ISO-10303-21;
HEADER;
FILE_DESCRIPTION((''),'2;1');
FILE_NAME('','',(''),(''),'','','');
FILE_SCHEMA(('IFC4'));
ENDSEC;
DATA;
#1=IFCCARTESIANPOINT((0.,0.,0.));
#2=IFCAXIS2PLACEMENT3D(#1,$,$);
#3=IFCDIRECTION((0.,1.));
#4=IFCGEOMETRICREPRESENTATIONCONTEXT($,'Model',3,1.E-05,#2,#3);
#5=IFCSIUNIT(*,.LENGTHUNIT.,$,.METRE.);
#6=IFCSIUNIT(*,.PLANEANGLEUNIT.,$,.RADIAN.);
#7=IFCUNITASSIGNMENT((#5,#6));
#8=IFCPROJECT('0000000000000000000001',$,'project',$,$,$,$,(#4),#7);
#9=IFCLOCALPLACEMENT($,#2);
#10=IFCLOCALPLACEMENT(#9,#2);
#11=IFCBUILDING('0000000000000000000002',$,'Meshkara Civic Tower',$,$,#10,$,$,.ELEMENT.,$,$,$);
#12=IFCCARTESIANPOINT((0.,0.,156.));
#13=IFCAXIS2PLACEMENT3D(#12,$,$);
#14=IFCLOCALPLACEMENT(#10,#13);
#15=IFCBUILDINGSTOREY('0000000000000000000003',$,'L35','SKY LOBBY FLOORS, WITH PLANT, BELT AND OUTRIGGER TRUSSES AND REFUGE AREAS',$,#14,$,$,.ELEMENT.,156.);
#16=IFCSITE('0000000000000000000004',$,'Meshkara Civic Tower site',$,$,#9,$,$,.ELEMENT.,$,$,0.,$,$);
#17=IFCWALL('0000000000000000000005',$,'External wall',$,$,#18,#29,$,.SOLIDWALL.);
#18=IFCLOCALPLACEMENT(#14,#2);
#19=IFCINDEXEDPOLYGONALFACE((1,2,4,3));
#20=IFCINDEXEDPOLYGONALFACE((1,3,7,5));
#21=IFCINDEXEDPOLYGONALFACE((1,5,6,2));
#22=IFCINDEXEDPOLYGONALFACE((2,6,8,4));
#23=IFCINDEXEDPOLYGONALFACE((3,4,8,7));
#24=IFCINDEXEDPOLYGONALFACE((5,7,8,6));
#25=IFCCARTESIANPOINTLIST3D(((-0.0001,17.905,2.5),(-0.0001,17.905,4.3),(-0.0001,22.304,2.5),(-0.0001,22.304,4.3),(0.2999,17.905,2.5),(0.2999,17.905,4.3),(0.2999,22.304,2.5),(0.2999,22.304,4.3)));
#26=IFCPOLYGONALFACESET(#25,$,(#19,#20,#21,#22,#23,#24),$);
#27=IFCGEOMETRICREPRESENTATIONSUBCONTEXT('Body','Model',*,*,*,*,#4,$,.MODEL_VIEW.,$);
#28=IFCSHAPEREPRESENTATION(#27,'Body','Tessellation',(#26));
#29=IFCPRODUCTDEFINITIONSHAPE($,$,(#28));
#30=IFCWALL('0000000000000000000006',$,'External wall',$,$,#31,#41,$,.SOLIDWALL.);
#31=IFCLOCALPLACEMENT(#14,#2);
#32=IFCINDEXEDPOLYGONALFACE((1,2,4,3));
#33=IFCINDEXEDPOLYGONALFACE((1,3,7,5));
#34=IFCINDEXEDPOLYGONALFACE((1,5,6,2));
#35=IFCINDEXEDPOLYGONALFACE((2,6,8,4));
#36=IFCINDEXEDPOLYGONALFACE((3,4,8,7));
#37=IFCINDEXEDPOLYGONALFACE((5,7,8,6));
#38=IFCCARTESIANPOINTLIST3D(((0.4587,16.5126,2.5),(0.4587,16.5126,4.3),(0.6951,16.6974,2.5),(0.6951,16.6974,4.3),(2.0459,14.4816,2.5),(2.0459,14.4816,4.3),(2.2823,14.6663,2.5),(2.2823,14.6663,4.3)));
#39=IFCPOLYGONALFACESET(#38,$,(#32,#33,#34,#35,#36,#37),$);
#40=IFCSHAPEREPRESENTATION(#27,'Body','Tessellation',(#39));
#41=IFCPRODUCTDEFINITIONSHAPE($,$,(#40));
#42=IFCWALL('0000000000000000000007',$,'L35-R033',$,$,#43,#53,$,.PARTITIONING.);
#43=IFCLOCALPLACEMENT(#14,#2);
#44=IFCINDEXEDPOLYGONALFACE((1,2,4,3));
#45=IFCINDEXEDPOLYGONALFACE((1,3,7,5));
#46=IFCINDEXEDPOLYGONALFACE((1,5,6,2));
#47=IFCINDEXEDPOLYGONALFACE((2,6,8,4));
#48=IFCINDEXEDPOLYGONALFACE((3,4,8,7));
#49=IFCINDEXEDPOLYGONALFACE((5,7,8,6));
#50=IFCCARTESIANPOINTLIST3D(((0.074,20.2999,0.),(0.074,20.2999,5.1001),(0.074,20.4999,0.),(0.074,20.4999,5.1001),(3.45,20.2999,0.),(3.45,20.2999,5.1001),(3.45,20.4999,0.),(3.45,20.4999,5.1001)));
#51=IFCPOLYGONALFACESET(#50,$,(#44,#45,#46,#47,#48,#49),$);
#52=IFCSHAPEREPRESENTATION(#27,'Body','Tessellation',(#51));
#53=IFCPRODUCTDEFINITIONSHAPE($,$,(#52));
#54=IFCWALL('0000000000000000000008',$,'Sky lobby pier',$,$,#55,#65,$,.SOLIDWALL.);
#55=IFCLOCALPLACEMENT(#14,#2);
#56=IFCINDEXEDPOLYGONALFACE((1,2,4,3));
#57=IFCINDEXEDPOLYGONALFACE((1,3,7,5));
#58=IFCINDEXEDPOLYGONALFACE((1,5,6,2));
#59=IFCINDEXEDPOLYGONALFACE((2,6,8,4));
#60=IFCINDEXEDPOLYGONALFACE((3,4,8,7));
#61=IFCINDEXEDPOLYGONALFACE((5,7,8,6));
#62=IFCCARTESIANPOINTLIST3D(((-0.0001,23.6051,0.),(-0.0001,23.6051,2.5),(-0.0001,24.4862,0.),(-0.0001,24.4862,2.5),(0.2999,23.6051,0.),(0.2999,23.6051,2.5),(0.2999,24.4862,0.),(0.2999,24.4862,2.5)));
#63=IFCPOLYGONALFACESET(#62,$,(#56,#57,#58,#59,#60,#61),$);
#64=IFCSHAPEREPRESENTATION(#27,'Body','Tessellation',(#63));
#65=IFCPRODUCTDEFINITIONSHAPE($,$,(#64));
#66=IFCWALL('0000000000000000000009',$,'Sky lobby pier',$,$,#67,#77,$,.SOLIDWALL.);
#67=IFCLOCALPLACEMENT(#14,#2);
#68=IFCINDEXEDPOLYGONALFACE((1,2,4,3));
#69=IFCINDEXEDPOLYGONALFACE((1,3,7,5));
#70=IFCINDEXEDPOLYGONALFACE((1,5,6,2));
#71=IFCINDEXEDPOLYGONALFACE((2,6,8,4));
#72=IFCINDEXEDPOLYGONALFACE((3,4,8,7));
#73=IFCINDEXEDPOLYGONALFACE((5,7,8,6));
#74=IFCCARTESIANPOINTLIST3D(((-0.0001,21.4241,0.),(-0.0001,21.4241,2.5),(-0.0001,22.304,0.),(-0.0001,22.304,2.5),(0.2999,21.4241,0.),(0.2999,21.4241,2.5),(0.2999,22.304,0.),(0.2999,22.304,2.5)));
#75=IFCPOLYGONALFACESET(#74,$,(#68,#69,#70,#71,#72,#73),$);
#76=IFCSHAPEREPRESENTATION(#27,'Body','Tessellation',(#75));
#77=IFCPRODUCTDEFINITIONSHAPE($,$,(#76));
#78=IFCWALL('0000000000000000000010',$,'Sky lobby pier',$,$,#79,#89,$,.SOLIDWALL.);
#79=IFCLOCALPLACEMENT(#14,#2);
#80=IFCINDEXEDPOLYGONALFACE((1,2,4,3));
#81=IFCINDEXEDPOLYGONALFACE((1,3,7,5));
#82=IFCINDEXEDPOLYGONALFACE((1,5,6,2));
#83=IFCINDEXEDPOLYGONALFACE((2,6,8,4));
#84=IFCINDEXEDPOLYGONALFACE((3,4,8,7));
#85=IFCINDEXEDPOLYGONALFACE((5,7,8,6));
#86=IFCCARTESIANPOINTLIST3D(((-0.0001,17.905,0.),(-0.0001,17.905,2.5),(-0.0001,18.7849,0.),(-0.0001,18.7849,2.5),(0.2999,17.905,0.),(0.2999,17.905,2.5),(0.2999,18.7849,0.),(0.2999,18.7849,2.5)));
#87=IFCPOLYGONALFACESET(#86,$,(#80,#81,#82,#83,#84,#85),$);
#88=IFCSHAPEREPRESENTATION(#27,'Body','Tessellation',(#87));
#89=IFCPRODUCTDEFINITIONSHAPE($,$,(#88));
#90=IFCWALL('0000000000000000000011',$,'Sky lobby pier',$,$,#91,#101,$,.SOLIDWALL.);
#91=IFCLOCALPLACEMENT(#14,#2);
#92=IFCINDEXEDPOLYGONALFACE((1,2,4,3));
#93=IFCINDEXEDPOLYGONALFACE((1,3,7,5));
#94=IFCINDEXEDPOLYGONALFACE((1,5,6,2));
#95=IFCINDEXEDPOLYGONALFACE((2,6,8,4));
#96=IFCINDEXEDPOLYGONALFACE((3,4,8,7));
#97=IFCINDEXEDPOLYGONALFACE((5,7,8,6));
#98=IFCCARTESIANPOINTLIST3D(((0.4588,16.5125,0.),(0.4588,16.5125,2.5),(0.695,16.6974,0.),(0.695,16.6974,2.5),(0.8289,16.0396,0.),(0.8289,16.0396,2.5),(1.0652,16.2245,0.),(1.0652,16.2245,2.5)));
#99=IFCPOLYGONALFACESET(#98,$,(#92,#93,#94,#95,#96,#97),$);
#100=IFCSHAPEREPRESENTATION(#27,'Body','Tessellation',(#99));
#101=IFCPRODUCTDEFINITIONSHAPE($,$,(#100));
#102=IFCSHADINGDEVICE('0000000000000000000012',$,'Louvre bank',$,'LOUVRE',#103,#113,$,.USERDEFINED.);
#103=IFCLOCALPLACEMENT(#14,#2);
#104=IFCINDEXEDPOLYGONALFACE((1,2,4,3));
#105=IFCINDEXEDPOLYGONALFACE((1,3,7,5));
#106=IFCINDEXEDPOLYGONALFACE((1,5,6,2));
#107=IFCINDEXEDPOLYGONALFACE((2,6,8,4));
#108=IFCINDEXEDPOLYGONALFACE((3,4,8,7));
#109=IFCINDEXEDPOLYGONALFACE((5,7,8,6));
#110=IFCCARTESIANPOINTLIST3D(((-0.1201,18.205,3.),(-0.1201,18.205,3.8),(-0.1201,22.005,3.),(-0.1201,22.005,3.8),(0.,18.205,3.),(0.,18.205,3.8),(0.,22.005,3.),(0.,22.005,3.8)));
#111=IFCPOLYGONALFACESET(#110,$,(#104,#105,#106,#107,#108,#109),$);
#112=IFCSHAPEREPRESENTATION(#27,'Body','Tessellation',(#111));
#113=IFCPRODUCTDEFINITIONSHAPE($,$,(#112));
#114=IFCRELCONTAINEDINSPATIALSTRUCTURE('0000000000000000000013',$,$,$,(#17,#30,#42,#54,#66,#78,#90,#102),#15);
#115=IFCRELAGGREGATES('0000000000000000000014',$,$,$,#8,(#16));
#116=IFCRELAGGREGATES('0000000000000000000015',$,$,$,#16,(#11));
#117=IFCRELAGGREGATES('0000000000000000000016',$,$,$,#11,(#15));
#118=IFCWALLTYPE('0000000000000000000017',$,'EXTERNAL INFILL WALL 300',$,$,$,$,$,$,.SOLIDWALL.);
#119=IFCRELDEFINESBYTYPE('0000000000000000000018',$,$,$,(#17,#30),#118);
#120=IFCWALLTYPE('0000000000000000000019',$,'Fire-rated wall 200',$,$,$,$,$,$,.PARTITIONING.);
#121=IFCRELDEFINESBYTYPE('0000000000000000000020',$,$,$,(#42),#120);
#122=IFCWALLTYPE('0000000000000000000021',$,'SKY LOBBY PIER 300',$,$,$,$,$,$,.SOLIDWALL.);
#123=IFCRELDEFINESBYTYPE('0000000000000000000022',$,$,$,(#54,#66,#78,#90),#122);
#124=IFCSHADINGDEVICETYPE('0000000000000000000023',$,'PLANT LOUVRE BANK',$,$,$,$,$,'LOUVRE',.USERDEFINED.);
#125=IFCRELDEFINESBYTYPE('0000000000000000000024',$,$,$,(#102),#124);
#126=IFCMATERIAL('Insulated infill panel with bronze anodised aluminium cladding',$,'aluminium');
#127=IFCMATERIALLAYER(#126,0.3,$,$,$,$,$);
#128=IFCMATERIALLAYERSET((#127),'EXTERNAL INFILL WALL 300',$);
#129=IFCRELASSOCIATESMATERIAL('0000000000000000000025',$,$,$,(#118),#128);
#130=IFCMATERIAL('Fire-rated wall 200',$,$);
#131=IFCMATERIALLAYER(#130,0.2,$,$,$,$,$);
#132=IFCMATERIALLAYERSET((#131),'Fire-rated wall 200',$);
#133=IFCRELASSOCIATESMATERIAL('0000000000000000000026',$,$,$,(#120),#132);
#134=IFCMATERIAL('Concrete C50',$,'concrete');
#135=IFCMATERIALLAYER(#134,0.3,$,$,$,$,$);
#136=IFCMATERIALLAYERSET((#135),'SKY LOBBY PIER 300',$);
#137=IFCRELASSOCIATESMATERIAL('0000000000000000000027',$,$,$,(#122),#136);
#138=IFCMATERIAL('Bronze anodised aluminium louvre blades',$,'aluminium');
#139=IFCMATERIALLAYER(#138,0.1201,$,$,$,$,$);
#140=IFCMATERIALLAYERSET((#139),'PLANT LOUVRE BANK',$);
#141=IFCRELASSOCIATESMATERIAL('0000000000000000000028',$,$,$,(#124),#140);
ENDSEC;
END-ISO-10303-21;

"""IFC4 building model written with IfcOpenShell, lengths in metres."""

from ifc_helpers import new_model, si_unit, direction, frame, frame_2d, origin, origin_2d, place, context, subcontext, project, spatial, rectangle, extrude, material, layer, layer_set, type_object, element, save


model = new_model("IFC4")

# Units and contexts
model_context = context("Model", 3, precision=1e-05, world=origin(), true_north=direction((0.0, 1.0)))
body_context = subcontext(model_context, "Body", "Model", "MODEL_VIEW")
ifc_project = project(units=[si_unit("LENGTHUNIT", "METRE"), si_unit("PLANEANGLEUNIT", "RADIAN")], contexts=[model_context])

# Site, building, storey
site_placement = place(None, origin())
site = spatial("IfcSite", under=ifc_project, at=site_placement, Name="Meshkara Civic Tower site", CompositionType="ELEMENT", RefElevation=0.0)
building_placement = place(site_placement, origin())
building = spatial("IfcBuilding", under=site, at=building_placement, Name="Meshkara Civic Tower", CompositionType="ELEMENT")
storey_placement = place(building_placement, frame((0.0, 0.0, 156.0)))
storey = spatial("IfcBuildingStorey", under=building, at=storey_placement, Name="L35", Description="SKY LOBBY FLOORS, WITH PLANT, BELT AND OUTRIGGER TRUSSES AND REFUGE AREAS", CompositionType="ELEMENT", Elevation=156.0)

# Walls
ifc_material_1 = material(Name="Insulated infill panel with bronze anodised aluminium cladding", Category="aluminium")
ifc_layer_1 = layer(ifc_material_1, 0.3)
ifc_layer_set_1 = layer_set([ifc_layer_1], Name="EXTERNAL INFILL WALL 300")
wall_type_1 = type_object("IfcWallType", Name="EXTERNAL INFILL WALL 300", PredefinedType="SOLIDWALL", material=ifc_layer_set_1)
wall_1_placement = place(storey_placement, frame((0.1499, 22.304, 2.5), z_axis=(0.0, 0.0, 1.0), x_axis=(0.0, -1.0, 0.0)))
element("IfcWall", 1, at=wall_1_placement, inside=storey, type_object=wall_type_1, Name="External wall", PredefinedType="SOLIDWALL", context=body_context, shape_type="SweptSolid", body=[
    extrude(rectangle(XDim=4.3989, YDim=0.3, at=frame_2d((2.1995, 0.0))), origin(), (0.0, 0.0, 1.0), 1.8),
])
wall_2_placement = place(storey_placement, frame((0.5769, 16.605, 2.5), z_axis=(0.0, 0.0, 1.0), x_axis=(0.615749, -0.787943, 0.0)))
element("IfcWall", 2, at=wall_2_placement, inside=storey, type_object=wall_type_1, Name="External wall", PredefinedType="SOLIDWALL", context=body_context, shape_type="SweptSolid", body=[
    extrude(rectangle(XDim=2.5776, YDim=0.3, at=frame_2d((1.2888, 0.0))), origin(), (0.0, 0.0, 1.0), 1.8),
])
ifc_material_2 = material(Name="Fire-rated wall 200")
ifc_layer_2 = layer(ifc_material_2, 0.2)
ifc_layer_set_2 = layer_set([ifc_layer_2], Name="Fire-rated wall 200")
wall_type_2 = type_object("IfcWallType", Name="Fire-rated wall 200", PredefinedType="PARTITIONING", material=ifc_layer_set_2)
wall_3_placement = place(storey_placement, frame((3.45, 20.3999, 0.0), z_axis=(0.0, 0.0, 1.0), x_axis=(-1.0, 0.0, 0.0)))
element("IfcWall", 3, at=wall_3_placement, inside=storey, type_object=wall_type_2, Name="L35-R033", PredefinedType="PARTITIONING", context=body_context, shape_type="SweptSolid", body=[
    extrude(rectangle(XDim=3.376, YDim=0.2, at=frame_2d((1.688, 0.0))), origin(), (0.0, 0.0, 1.0), 5.1001),
])
ifc_material_3 = material(Name="Concrete C50", Category="concrete")
ifc_layer_3 = layer(ifc_material_3, 0.3)
ifc_layer_set_3 = layer_set([ifc_layer_3], Name="SKY LOBBY PIER 300")
wall_type_3 = type_object("IfcWallType", Name="SKY LOBBY PIER 300", PredefinedType="SOLIDWALL", material=ifc_layer_set_3)
wall_4_placement = place(storey_placement, frame((0.1499, 24.4861, 0.0), z_axis=(0.0, 0.0, 1.0), x_axis=(0.0, -1.0, 0.0)))
element("IfcWall", 4, at=wall_4_placement, inside=storey, type_object=wall_type_3, Name="Sky lobby pier", PredefinedType="SOLIDWALL", context=body_context, shape_type="SweptSolid", body=[
    extrude(rectangle(XDim=0.8811, YDim=0.3, at=frame_2d((0.4404, 0.0))), origin(), (0.0, 0.0, 1.0), 2.5),
])
for number, where, z_axis, x_axis, name in (
    (5, (0.1499, 22.304, 0.0), (0.0, 0.0, 1.0), (0.0, -1.0, 0.0), "Sky lobby pier"),
    (6, (0.1499, 18.7849, 0.0), (0.0, 0.0, 1.0), (0.0, -1.0, 0.0), "Sky lobby pier"),
):
    element("IfcWall", number, at=place(storey_placement, frame(where, z_axis=z_axis, x_axis=x_axis)), inside=storey, type_object=wall_type_3, Name=name, PredefinedType="SOLIDWALL", context=body_context, shape_type="SweptSolid", body=[
        extrude(rectangle(XDim=0.8799, YDim=0.3, at=frame_2d((0.4399, 0.0))), origin(), (0.0, 0.0, 1.0), 2.5),
    ])
wall_5_placement = place(storey_placement, frame((0.5769, 16.605, 0.0), z_axis=(0.0, 0.0, 1.0), x_axis=(0.61633, -0.787488, 0.0)))
element("IfcWall", 7, at=wall_5_placement, inside=storey, type_object=wall_type_3, Name="Sky lobby pier", PredefinedType="SOLIDWALL", context=body_context, shape_type="SweptSolid", body=[
    extrude(rectangle(XDim=0.6006, YDim=0.3, at=frame_2d((0.3003, 0.0))), origin(), (0.0, 0.0, 1.0), 2.5),
])

# Shading device
ifc_material_4 = material(Name="Bronze anodised aluminium louvre blades", Category="aluminium")
ifc_layer_4 = layer(ifc_material_4, 0.1201)
ifc_layer_set_4 = layer_set([ifc_layer_4], Name="PLANT LOUVRE BANK")
shading_device_type = type_object("IfcShadingDeviceType", Name="PLANT LOUVRE BANK", ElementType="LOUVRE", PredefinedType="USERDEFINED", material=ifc_layer_set_4)
shading_device_placement = place(storey_placement, frame((-0.0601, 20.105, 3.0), z_axis=(0.0, 0.0, 1.0), x_axis=(0.0, -1.0, 0.0)))
element("IfcShadingDevice", 8, at=shading_device_placement, inside=storey, type_object=shading_device_type, Name="Louvre bank", ObjectType="LOUVRE", PredefinedType="USERDEFINED", context=body_context, shape_type="SweptSolid", body=[
    extrude(rectangle(XDim=3.8, YDim=0.1201, at=origin_2d()), origin(), (0.0, 0.0, 1.0), 0.8),
])

save(model, "model.ifc")
